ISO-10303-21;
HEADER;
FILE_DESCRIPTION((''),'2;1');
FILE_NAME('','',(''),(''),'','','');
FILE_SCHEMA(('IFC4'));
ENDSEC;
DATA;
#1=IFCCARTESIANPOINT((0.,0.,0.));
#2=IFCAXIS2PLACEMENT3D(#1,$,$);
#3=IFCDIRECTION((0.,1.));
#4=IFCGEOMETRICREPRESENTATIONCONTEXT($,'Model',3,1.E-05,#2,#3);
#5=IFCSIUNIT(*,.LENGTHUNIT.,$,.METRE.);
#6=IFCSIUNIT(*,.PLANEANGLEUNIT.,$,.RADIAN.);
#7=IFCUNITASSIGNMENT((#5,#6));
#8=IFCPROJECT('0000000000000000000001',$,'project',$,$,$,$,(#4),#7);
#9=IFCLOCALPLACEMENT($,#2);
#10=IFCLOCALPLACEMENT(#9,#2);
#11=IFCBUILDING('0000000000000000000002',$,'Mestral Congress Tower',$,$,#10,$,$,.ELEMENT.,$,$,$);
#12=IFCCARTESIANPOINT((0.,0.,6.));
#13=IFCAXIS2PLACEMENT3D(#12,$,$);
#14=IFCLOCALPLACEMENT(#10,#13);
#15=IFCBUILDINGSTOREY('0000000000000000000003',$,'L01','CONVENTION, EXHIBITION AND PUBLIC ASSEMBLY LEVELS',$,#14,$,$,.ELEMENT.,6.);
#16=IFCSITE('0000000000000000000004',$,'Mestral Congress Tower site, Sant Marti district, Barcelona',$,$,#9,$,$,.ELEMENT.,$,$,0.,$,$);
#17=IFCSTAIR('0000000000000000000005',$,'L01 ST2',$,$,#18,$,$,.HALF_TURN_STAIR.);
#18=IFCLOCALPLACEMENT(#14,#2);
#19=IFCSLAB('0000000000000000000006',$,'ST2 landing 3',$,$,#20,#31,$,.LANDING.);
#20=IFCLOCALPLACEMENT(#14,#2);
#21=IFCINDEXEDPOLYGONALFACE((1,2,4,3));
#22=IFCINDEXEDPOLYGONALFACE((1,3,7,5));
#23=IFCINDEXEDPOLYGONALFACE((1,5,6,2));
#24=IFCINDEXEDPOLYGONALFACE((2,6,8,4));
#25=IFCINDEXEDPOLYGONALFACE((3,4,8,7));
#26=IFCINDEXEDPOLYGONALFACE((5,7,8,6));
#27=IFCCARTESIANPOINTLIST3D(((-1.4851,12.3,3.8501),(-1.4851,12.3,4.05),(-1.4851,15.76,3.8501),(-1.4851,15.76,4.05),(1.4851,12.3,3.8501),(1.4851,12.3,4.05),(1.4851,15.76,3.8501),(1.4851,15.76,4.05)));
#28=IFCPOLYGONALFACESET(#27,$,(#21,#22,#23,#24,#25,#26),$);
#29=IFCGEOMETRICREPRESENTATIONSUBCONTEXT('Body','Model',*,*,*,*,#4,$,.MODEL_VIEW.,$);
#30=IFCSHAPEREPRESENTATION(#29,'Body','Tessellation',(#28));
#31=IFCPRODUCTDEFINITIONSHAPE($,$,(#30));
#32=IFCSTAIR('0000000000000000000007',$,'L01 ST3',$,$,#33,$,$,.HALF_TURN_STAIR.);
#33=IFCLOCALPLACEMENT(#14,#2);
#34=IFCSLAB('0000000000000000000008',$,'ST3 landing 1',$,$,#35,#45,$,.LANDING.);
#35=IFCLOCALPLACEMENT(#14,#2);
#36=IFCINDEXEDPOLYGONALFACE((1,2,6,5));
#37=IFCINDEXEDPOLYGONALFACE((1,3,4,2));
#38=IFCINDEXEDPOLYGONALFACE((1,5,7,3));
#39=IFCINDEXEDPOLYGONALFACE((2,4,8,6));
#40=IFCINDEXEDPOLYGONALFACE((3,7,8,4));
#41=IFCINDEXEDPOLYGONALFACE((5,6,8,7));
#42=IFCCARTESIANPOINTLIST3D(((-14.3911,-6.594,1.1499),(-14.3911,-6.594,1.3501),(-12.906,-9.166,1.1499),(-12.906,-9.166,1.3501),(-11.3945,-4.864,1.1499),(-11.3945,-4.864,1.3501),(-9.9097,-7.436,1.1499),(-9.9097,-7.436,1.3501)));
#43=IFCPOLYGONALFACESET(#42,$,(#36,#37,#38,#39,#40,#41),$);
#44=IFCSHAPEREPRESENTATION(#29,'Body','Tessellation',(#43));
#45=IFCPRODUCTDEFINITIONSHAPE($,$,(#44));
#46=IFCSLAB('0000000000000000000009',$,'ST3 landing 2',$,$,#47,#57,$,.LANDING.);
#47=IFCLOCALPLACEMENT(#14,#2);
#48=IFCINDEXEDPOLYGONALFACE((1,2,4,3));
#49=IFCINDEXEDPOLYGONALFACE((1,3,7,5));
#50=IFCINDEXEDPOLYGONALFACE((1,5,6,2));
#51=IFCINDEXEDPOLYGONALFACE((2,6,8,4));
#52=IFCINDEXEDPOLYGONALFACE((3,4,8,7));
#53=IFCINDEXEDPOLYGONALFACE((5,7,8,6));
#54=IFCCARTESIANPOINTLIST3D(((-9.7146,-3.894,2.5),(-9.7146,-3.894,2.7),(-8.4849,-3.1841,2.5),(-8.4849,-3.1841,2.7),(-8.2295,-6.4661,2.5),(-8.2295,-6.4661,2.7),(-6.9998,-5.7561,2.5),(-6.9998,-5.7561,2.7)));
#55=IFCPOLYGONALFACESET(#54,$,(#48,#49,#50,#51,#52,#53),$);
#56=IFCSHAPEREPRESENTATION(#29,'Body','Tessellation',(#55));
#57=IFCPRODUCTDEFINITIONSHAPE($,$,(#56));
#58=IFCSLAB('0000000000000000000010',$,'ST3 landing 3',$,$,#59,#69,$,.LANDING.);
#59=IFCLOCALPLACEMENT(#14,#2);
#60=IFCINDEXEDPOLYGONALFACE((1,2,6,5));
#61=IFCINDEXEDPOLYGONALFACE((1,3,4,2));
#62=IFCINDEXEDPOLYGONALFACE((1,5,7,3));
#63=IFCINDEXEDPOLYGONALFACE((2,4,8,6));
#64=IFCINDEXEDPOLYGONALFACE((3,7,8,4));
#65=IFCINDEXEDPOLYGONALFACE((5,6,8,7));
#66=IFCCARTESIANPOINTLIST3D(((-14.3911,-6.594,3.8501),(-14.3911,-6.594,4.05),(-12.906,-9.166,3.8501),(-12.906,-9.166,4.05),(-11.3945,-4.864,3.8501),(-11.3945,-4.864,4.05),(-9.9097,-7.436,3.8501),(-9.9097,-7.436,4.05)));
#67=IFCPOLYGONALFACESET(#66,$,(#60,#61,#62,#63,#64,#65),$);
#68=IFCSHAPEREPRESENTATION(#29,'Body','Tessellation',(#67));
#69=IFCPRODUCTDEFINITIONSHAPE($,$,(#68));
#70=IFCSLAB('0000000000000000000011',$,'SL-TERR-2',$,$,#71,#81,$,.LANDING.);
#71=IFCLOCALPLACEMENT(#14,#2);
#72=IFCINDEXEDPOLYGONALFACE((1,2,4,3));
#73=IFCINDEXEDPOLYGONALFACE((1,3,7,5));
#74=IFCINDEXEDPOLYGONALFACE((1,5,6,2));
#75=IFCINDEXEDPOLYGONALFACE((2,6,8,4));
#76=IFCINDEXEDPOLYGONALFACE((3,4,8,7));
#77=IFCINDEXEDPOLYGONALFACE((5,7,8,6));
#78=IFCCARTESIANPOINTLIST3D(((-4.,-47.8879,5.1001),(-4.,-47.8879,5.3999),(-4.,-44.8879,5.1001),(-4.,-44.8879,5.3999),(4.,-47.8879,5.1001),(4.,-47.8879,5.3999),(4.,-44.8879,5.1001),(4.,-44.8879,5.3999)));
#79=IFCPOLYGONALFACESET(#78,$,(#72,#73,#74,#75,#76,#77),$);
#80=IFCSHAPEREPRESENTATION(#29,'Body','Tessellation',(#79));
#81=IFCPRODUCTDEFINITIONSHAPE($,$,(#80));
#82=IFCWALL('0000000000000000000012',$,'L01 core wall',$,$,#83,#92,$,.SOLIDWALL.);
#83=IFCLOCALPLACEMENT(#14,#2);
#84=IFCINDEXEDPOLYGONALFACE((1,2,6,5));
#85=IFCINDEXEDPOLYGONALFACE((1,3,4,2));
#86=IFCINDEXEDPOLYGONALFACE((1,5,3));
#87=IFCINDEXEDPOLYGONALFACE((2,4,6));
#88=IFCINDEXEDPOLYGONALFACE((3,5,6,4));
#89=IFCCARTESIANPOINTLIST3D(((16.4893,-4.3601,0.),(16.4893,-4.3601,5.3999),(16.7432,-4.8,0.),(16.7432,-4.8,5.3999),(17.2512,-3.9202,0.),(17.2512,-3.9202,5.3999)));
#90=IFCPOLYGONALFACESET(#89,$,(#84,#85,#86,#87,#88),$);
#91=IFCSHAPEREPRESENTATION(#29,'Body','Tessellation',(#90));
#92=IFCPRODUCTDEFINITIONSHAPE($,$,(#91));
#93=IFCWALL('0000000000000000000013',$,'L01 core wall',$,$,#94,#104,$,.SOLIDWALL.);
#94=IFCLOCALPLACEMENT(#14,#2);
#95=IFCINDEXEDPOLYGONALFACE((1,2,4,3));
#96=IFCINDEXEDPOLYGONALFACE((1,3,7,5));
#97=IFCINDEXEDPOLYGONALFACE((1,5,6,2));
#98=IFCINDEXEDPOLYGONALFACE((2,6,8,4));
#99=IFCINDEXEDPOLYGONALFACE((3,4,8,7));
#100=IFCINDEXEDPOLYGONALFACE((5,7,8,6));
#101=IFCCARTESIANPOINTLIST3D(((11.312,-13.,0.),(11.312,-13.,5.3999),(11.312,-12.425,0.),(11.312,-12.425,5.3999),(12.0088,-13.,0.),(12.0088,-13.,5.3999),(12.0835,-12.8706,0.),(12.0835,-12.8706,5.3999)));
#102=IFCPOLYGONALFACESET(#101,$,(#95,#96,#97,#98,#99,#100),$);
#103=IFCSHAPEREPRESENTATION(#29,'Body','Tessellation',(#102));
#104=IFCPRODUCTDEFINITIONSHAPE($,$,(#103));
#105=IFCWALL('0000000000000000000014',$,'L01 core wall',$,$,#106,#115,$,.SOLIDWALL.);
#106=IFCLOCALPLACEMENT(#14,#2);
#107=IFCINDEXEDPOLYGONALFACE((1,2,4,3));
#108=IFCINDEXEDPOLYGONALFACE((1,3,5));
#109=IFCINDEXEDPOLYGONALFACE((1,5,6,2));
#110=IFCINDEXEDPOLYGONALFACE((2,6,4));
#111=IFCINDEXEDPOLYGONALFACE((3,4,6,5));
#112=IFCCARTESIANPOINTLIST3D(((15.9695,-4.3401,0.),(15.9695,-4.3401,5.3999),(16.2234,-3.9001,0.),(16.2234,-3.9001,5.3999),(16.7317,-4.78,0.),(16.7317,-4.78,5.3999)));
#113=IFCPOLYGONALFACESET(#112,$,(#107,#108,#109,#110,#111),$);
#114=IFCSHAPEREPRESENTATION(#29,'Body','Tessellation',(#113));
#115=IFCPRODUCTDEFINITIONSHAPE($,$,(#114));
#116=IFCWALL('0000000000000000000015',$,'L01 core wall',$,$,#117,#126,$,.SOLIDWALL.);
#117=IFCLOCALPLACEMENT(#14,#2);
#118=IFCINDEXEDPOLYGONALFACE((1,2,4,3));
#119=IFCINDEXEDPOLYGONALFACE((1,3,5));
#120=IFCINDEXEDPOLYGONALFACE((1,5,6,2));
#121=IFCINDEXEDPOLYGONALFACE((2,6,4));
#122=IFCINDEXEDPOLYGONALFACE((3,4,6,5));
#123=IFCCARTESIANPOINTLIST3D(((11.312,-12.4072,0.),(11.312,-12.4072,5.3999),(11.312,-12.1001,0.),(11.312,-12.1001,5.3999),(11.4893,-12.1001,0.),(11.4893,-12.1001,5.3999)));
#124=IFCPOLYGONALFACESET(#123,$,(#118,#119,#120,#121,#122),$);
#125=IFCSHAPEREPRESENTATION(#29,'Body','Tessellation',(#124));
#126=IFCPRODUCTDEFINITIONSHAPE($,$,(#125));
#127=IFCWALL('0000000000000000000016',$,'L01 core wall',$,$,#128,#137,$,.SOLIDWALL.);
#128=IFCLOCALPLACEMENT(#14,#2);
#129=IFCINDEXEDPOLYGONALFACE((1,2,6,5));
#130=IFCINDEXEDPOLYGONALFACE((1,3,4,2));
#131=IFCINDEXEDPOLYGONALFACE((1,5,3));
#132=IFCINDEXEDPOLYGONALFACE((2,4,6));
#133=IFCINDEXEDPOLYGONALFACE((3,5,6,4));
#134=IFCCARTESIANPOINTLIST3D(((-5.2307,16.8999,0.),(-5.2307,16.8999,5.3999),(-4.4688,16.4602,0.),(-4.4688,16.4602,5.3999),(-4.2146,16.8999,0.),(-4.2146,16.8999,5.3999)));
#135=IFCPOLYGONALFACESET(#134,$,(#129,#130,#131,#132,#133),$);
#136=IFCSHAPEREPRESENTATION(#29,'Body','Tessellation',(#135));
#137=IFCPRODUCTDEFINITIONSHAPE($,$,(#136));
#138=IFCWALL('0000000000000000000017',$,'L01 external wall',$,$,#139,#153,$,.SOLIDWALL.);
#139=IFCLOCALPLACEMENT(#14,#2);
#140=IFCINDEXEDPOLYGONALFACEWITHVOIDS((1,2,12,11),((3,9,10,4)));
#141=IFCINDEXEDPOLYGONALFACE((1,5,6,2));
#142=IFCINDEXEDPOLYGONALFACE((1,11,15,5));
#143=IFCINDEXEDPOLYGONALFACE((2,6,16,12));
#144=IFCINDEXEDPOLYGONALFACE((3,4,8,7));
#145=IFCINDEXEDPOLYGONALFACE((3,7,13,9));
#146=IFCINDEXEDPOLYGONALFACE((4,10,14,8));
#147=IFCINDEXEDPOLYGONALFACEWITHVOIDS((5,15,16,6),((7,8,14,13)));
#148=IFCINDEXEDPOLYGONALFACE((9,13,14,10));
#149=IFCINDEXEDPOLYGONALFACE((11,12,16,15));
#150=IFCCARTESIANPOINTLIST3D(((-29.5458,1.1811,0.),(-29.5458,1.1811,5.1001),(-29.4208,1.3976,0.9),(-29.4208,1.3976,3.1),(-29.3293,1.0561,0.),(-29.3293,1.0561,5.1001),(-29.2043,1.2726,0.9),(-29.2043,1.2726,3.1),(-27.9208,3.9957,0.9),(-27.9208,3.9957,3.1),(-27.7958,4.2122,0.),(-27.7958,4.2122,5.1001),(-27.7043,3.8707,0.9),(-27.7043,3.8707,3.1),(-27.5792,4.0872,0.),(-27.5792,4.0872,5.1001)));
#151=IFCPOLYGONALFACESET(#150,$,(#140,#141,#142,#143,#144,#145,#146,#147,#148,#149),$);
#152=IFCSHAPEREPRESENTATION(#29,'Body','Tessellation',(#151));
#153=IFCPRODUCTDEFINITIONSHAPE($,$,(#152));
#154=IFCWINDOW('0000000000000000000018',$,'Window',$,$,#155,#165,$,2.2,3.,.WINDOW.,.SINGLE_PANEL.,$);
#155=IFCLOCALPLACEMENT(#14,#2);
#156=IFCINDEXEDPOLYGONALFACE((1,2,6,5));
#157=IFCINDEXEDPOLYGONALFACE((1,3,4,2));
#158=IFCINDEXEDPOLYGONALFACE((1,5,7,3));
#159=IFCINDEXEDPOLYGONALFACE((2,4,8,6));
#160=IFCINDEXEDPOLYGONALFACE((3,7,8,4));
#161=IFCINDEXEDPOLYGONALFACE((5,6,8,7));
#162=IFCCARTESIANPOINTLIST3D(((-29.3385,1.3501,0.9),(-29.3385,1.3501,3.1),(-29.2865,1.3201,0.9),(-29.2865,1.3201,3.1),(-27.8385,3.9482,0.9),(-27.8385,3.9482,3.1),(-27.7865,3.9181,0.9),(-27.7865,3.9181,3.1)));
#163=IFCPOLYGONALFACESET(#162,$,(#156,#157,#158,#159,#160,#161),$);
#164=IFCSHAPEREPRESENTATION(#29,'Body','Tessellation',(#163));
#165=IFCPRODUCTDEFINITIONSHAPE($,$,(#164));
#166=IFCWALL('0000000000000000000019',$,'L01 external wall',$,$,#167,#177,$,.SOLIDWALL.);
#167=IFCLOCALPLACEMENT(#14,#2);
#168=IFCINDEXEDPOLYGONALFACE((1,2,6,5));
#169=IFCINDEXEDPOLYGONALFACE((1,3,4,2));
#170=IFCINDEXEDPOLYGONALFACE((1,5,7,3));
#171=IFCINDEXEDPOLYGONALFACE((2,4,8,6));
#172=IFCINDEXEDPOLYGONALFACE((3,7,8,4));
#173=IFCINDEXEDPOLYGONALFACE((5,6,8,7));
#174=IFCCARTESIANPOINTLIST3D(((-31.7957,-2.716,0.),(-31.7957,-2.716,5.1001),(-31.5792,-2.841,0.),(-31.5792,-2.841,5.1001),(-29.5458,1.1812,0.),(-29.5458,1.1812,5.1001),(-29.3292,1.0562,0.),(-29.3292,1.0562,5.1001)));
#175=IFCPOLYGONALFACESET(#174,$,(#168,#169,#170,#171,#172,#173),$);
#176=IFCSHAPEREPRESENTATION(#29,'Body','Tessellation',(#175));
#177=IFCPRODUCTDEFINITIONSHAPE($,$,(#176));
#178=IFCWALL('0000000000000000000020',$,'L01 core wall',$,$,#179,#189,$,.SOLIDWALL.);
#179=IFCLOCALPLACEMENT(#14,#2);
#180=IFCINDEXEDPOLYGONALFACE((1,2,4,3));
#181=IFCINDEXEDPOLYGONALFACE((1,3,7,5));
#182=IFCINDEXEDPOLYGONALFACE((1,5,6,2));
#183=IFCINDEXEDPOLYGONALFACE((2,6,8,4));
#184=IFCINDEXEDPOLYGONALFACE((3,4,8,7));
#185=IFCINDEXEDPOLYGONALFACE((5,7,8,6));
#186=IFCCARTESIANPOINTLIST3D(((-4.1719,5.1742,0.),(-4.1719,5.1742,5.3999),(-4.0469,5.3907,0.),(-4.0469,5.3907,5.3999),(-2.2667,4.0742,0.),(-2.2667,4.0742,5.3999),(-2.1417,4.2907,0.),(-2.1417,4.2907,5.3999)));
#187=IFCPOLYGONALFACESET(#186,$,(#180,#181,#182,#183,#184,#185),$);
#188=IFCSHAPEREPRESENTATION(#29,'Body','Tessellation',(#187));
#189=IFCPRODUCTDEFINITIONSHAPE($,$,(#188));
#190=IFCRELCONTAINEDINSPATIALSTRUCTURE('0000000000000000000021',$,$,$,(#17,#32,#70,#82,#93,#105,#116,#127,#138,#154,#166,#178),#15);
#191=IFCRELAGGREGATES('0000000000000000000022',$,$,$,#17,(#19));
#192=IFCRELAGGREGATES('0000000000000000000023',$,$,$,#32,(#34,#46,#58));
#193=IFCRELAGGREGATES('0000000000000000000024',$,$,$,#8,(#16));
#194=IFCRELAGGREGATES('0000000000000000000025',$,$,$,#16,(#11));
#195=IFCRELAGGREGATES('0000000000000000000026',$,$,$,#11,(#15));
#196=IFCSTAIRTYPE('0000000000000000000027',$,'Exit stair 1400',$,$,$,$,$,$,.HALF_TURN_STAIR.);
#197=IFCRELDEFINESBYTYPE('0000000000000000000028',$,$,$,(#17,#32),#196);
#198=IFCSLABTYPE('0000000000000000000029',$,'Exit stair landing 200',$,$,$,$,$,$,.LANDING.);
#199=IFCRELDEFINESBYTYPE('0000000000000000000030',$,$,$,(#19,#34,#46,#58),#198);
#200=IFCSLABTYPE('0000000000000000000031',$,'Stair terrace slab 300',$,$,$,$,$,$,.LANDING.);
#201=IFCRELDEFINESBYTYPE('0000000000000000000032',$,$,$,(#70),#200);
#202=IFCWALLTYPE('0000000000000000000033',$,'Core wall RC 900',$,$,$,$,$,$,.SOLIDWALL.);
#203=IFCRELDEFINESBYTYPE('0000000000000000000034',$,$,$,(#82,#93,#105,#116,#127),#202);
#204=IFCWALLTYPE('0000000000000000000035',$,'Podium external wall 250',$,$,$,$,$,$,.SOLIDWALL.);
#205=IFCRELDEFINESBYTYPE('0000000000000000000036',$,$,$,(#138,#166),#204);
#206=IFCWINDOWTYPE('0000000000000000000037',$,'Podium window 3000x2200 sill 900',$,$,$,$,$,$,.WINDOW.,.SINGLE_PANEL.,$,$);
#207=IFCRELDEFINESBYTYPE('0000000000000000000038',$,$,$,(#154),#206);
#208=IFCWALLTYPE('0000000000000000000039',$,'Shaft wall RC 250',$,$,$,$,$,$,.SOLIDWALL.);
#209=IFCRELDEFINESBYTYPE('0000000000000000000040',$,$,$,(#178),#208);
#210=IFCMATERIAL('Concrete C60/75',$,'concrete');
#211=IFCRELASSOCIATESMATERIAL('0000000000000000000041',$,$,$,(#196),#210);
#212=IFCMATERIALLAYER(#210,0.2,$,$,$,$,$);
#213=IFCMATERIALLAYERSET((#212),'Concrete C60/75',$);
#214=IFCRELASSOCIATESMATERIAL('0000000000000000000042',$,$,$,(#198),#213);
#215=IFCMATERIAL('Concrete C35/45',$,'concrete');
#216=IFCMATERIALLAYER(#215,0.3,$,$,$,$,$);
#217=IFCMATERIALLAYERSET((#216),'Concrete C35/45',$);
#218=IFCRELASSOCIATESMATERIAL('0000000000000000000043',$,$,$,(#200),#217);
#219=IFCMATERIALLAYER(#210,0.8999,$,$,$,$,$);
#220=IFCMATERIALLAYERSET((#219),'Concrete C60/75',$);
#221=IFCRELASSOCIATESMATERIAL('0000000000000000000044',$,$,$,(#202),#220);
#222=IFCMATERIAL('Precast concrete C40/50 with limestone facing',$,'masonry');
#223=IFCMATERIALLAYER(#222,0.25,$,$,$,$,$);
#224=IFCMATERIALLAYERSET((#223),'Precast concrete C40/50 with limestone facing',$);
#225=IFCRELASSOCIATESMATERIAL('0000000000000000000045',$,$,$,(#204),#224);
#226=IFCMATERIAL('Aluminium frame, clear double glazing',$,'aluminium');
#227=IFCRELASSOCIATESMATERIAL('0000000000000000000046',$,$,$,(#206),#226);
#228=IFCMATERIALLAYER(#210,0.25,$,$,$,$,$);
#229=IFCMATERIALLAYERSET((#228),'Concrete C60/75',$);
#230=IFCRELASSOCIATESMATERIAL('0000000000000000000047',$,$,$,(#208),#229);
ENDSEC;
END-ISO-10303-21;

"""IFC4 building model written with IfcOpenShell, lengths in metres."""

from ifc_helpers import new_model, si_unit, direction, frame, frame_2d, origin, place, context, subcontext, project, spatial, polyline, rectangle, outline, extrude, material, layer, layer_set, type_object, element, fill, aggregate, save


model = new_model("IFC4")

# Units and contexts
model_context = context("Model", 3, precision=1e-05, world=origin(), true_north=direction((0.0, 1.0)))
body_context = subcontext(model_context, "Body", "Model", "MODEL_VIEW")
ifc_project = project(units=[si_unit("LENGTHUNIT", "METRE"), si_unit("PLANEANGLEUNIT", "RADIAN")], contexts=[model_context])

# Site, building, storey
site_placement = place(None, origin())
site = spatial("IfcSite", under=ifc_project, at=site_placement, Name="Mestral Congress Tower site, Sant Marti district, Barcelona", CompositionType="ELEMENT", RefElevation=0.0)
building_placement = place(site_placement, origin())
building = spatial("IfcBuilding", under=site, at=building_placement, Name="Mestral Congress Tower", CompositionType="ELEMENT")
storey_placement = place(building_placement, frame((0.0, 0.0, 6.0)))
storey = spatial("IfcBuildingStorey", under=building, at=storey_placement, Name="L01", Description="CONVENTION, EXHIBITION AND PUBLIC ASSEMBLY LEVELS", CompositionType="ELEMENT", Elevation=6.0)

# Shared definitions
ifc_material_1 = material(Name="Concrete C35/45", Category="concrete")
ifc_material_2 = material(Name="Concrete C60/75", Category="concrete")

# Stairs, slabs
stair_type = type_object("IfcStairType", Name="Exit stair 1400", PredefinedType="HALF_TURN_STAIR", material=ifc_material_2)
placement_1 = place(storey_placement, origin())
ifc_layer_1 = layer(ifc_material_2, 0.2)
ifc_layer_set_1 = layer_set([ifc_layer_1], Name="Concrete C60/75")
slab_type_1 = type_object("IfcSlabType", Name="Exit stair landing 200", PredefinedType="LANDING", material=ifc_layer_set_1)
placement_2 = place(storey_placement, frame((0.0, 0.0, 1.1499)))
placement_3 = place(storey_placement, frame((0.0, 0.0, 2.5)))
placement_4 = place(storey_placement, frame((0.0, 0.0, 3.8501)))
stair_1 = element("IfcStair", 1, at=placement_1, inside=storey, type_object=stair_type, Name="L01 ST2", PredefinedType="HALF_TURN_STAIR")
slab_1 = element("IfcSlab", 2, at=placement_4, type_object=slab_type_1, Name="ST2 landing 3", PredefinedType="LANDING", context=body_context, shape_type="SweptSolid", body=[
    extrude(outline(polyline([(1.4851, 12.3), (-1.4851, 12.3), (-1.4851, 15.76), (1.4851, 15.76), (1.4851, 12.3)])), origin(), (0.0, 0.0, 1.0), 0.2),
])
aggregate(stair_1, [slab_1])
stair_2 = element("IfcStair", 3, at=placement_1, inside=storey, type_object=stair_type, Name="L01 ST3", PredefinedType="HALF_TURN_STAIR")
slab_2 = element("IfcSlab", 4, at=placement_2, type_object=slab_type_1, Name="ST3 landing 1", PredefinedType="LANDING", context=body_context, shape_type="SweptSolid", body=[
    extrude(outline(polyline([(-11.3945, -4.864), (-9.9097, -7.436), (-12.906, -9.166), (-14.3911, -6.594), (-11.3945, -4.864)])), origin(), (0.0, 0.0, 1.0), 0.2002),
])
slab_3 = element("IfcSlab", 5, at=placement_3, type_object=slab_type_1, Name="ST3 landing 2", PredefinedType="LANDING", context=body_context, shape_type="SweptSolid", body=[
    extrude(outline(polyline([(-8.4849, -3.1841), (-6.9998, -5.7561), (-8.2295, -6.4661), (-9.7146, -3.894), (-8.4849, -3.1841)])), origin(), (0.0, 0.0, 1.0), 0.2),
])
slab_4 = element("IfcSlab", 6, at=placement_4, type_object=slab_type_1, Name="ST3 landing 3", PredefinedType="LANDING", context=body_context, shape_type="SweptSolid", body=[
    extrude(outline(polyline([(-11.3945, -4.864), (-9.9097, -7.436), (-12.906, -9.166), (-14.3911, -6.594), (-11.3945, -4.864)])), origin(), (0.0, 0.0, 1.0), 0.2),
])
aggregate(stair_2, [slab_2, slab_3, slab_4])

# Slab
ifc_layer_2 = layer(ifc_material_1, 0.3)
ifc_layer_set_2 = layer_set([ifc_layer_2], Name="Concrete C35/45")
slab_type_2 = type_object("IfcSlabType", Name="Stair terrace slab 300", PredefinedType="LANDING", material=ifc_layer_set_2)
slab_5_placement = place(storey_placement, frame((0.0, 0.0, 5.1001)))
element("IfcSlab", 7, at=slab_5_placement, inside=storey, type_object=slab_type_2, Name="SL-TERR-2", PredefinedType="LANDING", context=body_context, shape_type="SweptSolid", body=[
    extrude(outline(polyline([(-4.0, -47.8879), (4.0, -47.8879), (4.0, -44.8879), (-4.0, -44.8879), (-4.0, -47.8879)])), origin(), (0.0, 0.0, 1.0), 0.2998),
])

# Walls
ifc_layer_3 = layer(ifc_material_2, 0.8999)
ifc_layer_set_3 = layer_set([ifc_layer_3], Name="Concrete C60/75")
wall_type_1 = type_object("IfcWallType", Name="Core wall RC 900", PredefinedType="SOLIDWALL", material=ifc_layer_set_3)
element("IfcWall", 8, at=placement_1, inside=storey, type_object=wall_type_1, Name="L01 core wall", PredefinedType="SOLIDWALL", context=body_context, shape_type="SweptSolid", body=[
    extrude(outline(polyline([(16.7432, -4.8), (16.4893, -4.3601), (17.2512, -3.9202), (16.7432, -4.8)])), origin(), (0.0, 0.0, 1.0), 5.3999),
])
element("IfcWall", 9, at=placement_1, inside=storey, type_object=wall_type_1, Name="L01 core wall", PredefinedType="SOLIDWALL", context=body_context, shape_type="SweptSolid", body=[
    extrude(outline(polyline([(12.0088, -13.0), (11.312, -13.0), (11.312, -12.425), (12.0835, -12.8706), (12.0088, -13.0)])), origin(), (0.0, 0.0, 1.0), 5.3999),
])
element("IfcWall", 10, at=placement_1, inside=storey, type_object=wall_type_1, Name="L01 core wall", PredefinedType="SOLIDWALL", context=body_context, shape_type="SweptSolid", body=[
    extrude(outline(polyline([(16.2234, -3.9001), (16.7317, -4.78), (15.9695, -4.3401), (16.2234, -3.9001)])), origin(), (0.0, 0.0, 1.0), 5.3999),
])
element("IfcWall", 11, at=placement_1, inside=storey, type_object=wall_type_1, Name="L01 core wall", PredefinedType="SOLIDWALL", context=body_context, shape_type="SweptSolid", body=[
    extrude(outline(polyline([(11.4893, -12.1001), (11.312, -12.4072), (11.312, -12.1001), (11.4893, -12.1001)])), origin(), (0.0, 0.0, 1.0), 5.3999),
])
element("IfcWall", 12, at=placement_1, inside=storey, type_object=wall_type_1, Name="L01 core wall", PredefinedType="SOLIDWALL", context=body_context, shape_type="SweptSolid", body=[
    extrude(outline(polyline([(-4.2146, 16.8999), (-4.4688, 16.4602), (-5.2307, 16.8999), (-4.2146, 16.8999)])), origin(), (0.0, 0.0, 1.0), 5.3999),
])

# Wall, opening, window
ifc_material_3 = material(Name="Precast concrete C40/50 with limestone facing", Category="masonry")
ifc_layer_4 = layer(ifc_material_3, 0.25)
ifc_layer_set_4 = layer_set([ifc_layer_4], Name="Precast concrete C40/50 with limestone facing")
wall_type_2 = type_object("IfcWallType", Name="Podium external wall 250", PredefinedType="SOLIDWALL", material=ifc_layer_set_4)
wall_1_placement = place(storey_placement, frame((-27.6875, 4.1497, 0.0), z_axis=(0.0, 0.0, 1.0), x_axis=(-0.50001, -0.866019, 0.0)))
wall_1 = element("IfcWall", 13, at=wall_1_placement, inside=storey, type_object=wall_type_2, Name="L01 external wall", PredefinedType="SOLIDWALL", context=body_context, shape_type="SweptSolid", body=[
    extrude(rectangle(XDim=3.5, YDim=0.25, at=frame_2d((1.75, 0.0))), origin(), (0.0, 0.0, 1.0), 5.1001),
])
opening_1_placement = place(wall_1_placement, frame((0.25, 0.0, 0.8999)))
opening_1 = element("IfcOpeningElement", 14, at=opening_1_placement, cuts=wall_1, PredefinedType="OPENING", context=body_context, shape_type="SweptSolid", body=[
    extrude(rectangle(XDim=3.0, YDim=2.2, at=frame_2d((1.5, 1.1001))), frame((0.0, 0.135, 0.0), z_axis=(0.0, -1.0, 0.0), x_axis=(1.0, 0.0, 0.0)), (0.0, 0.0, 1.0), 0.27),
])
ifc_material_4 = material(Name="Aluminium frame, clear double glazing", Category="aluminium")
window_type = type_object("IfcWindowType", Name="Podium window 3000x2200 sill 900", PartitioningType="SINGLE_PANEL", PredefinedType="WINDOW", material=ifc_material_4)
window_placement = place(opening_1_placement, origin())
window = element("IfcWindow", 15, at=window_placement, inside=storey, type_object=window_type, Name="Window", OverallHeight=2.2, OverallWidth=3.0, PartitioningType="SINGLE_PANEL", PredefinedType="WINDOW", context=body_context, shape_type="SweptSolid", body=[
    extrude(rectangle(XDim=3.0, YDim=2.2, at=frame_2d((1.5, 1.1001))), frame((0.0, 0.03, 0.0), z_axis=(0.0, -1.0, 0.0), x_axis=(1.0, 0.0, 0.0)), (0.0, 0.0, 1.0), 0.0601),
])
fill(opening_1, window)

# Walls
wall_2_placement = place(storey_placement, frame((-29.4375, 1.1187, 0.0), z_axis=(0.0, 0.0, 1.0), x_axis=(-0.49999, -0.866031, 0.0)))
element("IfcWall", 16, at=wall_2_placement, inside=storey, type_object=wall_type_2, Name="L01 external wall", PredefinedType="SOLIDWALL", context=body_context, shape_type="SweptSolid", body=[
    extrude(rectangle(XDim=4.5, YDim=0.25, at=frame_2d((2.25, 0.0))), origin(), (0.0, 0.0, 1.0), 5.1001),
])
ifc_layer_5 = layer(ifc_material_2, 0.25)
ifc_layer_set_5 = layer_set([ifc_layer_5], Name="Concrete C60/75")
wall_type_3 = type_object("IfcWallType", Name="Shaft wall RC 250", PredefinedType="SOLIDWALL", material=ifc_layer_set_5)
for number, where, z_axis, x_axis, name in (
    (17, (-2.2041, 4.1824, 0.0), (0.0, 0.0, 1.0), (-0.866008, 0.50003, 0.0), "L01 core wall"),
):
    element("IfcWall", number, at=place(storey_placement, frame(where, z_axis=z_axis, x_axis=x_axis)), inside=storey, type_object=wall_type_3, Name=name, PredefinedType="SOLIDWALL", context=body_context, shape_type="SweptSolid", body=[
        extrude(rectangle(XDim=2.2, YDim=0.25, at=frame_2d((1.1001, 0.0))), origin(), (0.0, 0.0, 1.0), 5.3999),
    ])

save(model, "model.ifc")
